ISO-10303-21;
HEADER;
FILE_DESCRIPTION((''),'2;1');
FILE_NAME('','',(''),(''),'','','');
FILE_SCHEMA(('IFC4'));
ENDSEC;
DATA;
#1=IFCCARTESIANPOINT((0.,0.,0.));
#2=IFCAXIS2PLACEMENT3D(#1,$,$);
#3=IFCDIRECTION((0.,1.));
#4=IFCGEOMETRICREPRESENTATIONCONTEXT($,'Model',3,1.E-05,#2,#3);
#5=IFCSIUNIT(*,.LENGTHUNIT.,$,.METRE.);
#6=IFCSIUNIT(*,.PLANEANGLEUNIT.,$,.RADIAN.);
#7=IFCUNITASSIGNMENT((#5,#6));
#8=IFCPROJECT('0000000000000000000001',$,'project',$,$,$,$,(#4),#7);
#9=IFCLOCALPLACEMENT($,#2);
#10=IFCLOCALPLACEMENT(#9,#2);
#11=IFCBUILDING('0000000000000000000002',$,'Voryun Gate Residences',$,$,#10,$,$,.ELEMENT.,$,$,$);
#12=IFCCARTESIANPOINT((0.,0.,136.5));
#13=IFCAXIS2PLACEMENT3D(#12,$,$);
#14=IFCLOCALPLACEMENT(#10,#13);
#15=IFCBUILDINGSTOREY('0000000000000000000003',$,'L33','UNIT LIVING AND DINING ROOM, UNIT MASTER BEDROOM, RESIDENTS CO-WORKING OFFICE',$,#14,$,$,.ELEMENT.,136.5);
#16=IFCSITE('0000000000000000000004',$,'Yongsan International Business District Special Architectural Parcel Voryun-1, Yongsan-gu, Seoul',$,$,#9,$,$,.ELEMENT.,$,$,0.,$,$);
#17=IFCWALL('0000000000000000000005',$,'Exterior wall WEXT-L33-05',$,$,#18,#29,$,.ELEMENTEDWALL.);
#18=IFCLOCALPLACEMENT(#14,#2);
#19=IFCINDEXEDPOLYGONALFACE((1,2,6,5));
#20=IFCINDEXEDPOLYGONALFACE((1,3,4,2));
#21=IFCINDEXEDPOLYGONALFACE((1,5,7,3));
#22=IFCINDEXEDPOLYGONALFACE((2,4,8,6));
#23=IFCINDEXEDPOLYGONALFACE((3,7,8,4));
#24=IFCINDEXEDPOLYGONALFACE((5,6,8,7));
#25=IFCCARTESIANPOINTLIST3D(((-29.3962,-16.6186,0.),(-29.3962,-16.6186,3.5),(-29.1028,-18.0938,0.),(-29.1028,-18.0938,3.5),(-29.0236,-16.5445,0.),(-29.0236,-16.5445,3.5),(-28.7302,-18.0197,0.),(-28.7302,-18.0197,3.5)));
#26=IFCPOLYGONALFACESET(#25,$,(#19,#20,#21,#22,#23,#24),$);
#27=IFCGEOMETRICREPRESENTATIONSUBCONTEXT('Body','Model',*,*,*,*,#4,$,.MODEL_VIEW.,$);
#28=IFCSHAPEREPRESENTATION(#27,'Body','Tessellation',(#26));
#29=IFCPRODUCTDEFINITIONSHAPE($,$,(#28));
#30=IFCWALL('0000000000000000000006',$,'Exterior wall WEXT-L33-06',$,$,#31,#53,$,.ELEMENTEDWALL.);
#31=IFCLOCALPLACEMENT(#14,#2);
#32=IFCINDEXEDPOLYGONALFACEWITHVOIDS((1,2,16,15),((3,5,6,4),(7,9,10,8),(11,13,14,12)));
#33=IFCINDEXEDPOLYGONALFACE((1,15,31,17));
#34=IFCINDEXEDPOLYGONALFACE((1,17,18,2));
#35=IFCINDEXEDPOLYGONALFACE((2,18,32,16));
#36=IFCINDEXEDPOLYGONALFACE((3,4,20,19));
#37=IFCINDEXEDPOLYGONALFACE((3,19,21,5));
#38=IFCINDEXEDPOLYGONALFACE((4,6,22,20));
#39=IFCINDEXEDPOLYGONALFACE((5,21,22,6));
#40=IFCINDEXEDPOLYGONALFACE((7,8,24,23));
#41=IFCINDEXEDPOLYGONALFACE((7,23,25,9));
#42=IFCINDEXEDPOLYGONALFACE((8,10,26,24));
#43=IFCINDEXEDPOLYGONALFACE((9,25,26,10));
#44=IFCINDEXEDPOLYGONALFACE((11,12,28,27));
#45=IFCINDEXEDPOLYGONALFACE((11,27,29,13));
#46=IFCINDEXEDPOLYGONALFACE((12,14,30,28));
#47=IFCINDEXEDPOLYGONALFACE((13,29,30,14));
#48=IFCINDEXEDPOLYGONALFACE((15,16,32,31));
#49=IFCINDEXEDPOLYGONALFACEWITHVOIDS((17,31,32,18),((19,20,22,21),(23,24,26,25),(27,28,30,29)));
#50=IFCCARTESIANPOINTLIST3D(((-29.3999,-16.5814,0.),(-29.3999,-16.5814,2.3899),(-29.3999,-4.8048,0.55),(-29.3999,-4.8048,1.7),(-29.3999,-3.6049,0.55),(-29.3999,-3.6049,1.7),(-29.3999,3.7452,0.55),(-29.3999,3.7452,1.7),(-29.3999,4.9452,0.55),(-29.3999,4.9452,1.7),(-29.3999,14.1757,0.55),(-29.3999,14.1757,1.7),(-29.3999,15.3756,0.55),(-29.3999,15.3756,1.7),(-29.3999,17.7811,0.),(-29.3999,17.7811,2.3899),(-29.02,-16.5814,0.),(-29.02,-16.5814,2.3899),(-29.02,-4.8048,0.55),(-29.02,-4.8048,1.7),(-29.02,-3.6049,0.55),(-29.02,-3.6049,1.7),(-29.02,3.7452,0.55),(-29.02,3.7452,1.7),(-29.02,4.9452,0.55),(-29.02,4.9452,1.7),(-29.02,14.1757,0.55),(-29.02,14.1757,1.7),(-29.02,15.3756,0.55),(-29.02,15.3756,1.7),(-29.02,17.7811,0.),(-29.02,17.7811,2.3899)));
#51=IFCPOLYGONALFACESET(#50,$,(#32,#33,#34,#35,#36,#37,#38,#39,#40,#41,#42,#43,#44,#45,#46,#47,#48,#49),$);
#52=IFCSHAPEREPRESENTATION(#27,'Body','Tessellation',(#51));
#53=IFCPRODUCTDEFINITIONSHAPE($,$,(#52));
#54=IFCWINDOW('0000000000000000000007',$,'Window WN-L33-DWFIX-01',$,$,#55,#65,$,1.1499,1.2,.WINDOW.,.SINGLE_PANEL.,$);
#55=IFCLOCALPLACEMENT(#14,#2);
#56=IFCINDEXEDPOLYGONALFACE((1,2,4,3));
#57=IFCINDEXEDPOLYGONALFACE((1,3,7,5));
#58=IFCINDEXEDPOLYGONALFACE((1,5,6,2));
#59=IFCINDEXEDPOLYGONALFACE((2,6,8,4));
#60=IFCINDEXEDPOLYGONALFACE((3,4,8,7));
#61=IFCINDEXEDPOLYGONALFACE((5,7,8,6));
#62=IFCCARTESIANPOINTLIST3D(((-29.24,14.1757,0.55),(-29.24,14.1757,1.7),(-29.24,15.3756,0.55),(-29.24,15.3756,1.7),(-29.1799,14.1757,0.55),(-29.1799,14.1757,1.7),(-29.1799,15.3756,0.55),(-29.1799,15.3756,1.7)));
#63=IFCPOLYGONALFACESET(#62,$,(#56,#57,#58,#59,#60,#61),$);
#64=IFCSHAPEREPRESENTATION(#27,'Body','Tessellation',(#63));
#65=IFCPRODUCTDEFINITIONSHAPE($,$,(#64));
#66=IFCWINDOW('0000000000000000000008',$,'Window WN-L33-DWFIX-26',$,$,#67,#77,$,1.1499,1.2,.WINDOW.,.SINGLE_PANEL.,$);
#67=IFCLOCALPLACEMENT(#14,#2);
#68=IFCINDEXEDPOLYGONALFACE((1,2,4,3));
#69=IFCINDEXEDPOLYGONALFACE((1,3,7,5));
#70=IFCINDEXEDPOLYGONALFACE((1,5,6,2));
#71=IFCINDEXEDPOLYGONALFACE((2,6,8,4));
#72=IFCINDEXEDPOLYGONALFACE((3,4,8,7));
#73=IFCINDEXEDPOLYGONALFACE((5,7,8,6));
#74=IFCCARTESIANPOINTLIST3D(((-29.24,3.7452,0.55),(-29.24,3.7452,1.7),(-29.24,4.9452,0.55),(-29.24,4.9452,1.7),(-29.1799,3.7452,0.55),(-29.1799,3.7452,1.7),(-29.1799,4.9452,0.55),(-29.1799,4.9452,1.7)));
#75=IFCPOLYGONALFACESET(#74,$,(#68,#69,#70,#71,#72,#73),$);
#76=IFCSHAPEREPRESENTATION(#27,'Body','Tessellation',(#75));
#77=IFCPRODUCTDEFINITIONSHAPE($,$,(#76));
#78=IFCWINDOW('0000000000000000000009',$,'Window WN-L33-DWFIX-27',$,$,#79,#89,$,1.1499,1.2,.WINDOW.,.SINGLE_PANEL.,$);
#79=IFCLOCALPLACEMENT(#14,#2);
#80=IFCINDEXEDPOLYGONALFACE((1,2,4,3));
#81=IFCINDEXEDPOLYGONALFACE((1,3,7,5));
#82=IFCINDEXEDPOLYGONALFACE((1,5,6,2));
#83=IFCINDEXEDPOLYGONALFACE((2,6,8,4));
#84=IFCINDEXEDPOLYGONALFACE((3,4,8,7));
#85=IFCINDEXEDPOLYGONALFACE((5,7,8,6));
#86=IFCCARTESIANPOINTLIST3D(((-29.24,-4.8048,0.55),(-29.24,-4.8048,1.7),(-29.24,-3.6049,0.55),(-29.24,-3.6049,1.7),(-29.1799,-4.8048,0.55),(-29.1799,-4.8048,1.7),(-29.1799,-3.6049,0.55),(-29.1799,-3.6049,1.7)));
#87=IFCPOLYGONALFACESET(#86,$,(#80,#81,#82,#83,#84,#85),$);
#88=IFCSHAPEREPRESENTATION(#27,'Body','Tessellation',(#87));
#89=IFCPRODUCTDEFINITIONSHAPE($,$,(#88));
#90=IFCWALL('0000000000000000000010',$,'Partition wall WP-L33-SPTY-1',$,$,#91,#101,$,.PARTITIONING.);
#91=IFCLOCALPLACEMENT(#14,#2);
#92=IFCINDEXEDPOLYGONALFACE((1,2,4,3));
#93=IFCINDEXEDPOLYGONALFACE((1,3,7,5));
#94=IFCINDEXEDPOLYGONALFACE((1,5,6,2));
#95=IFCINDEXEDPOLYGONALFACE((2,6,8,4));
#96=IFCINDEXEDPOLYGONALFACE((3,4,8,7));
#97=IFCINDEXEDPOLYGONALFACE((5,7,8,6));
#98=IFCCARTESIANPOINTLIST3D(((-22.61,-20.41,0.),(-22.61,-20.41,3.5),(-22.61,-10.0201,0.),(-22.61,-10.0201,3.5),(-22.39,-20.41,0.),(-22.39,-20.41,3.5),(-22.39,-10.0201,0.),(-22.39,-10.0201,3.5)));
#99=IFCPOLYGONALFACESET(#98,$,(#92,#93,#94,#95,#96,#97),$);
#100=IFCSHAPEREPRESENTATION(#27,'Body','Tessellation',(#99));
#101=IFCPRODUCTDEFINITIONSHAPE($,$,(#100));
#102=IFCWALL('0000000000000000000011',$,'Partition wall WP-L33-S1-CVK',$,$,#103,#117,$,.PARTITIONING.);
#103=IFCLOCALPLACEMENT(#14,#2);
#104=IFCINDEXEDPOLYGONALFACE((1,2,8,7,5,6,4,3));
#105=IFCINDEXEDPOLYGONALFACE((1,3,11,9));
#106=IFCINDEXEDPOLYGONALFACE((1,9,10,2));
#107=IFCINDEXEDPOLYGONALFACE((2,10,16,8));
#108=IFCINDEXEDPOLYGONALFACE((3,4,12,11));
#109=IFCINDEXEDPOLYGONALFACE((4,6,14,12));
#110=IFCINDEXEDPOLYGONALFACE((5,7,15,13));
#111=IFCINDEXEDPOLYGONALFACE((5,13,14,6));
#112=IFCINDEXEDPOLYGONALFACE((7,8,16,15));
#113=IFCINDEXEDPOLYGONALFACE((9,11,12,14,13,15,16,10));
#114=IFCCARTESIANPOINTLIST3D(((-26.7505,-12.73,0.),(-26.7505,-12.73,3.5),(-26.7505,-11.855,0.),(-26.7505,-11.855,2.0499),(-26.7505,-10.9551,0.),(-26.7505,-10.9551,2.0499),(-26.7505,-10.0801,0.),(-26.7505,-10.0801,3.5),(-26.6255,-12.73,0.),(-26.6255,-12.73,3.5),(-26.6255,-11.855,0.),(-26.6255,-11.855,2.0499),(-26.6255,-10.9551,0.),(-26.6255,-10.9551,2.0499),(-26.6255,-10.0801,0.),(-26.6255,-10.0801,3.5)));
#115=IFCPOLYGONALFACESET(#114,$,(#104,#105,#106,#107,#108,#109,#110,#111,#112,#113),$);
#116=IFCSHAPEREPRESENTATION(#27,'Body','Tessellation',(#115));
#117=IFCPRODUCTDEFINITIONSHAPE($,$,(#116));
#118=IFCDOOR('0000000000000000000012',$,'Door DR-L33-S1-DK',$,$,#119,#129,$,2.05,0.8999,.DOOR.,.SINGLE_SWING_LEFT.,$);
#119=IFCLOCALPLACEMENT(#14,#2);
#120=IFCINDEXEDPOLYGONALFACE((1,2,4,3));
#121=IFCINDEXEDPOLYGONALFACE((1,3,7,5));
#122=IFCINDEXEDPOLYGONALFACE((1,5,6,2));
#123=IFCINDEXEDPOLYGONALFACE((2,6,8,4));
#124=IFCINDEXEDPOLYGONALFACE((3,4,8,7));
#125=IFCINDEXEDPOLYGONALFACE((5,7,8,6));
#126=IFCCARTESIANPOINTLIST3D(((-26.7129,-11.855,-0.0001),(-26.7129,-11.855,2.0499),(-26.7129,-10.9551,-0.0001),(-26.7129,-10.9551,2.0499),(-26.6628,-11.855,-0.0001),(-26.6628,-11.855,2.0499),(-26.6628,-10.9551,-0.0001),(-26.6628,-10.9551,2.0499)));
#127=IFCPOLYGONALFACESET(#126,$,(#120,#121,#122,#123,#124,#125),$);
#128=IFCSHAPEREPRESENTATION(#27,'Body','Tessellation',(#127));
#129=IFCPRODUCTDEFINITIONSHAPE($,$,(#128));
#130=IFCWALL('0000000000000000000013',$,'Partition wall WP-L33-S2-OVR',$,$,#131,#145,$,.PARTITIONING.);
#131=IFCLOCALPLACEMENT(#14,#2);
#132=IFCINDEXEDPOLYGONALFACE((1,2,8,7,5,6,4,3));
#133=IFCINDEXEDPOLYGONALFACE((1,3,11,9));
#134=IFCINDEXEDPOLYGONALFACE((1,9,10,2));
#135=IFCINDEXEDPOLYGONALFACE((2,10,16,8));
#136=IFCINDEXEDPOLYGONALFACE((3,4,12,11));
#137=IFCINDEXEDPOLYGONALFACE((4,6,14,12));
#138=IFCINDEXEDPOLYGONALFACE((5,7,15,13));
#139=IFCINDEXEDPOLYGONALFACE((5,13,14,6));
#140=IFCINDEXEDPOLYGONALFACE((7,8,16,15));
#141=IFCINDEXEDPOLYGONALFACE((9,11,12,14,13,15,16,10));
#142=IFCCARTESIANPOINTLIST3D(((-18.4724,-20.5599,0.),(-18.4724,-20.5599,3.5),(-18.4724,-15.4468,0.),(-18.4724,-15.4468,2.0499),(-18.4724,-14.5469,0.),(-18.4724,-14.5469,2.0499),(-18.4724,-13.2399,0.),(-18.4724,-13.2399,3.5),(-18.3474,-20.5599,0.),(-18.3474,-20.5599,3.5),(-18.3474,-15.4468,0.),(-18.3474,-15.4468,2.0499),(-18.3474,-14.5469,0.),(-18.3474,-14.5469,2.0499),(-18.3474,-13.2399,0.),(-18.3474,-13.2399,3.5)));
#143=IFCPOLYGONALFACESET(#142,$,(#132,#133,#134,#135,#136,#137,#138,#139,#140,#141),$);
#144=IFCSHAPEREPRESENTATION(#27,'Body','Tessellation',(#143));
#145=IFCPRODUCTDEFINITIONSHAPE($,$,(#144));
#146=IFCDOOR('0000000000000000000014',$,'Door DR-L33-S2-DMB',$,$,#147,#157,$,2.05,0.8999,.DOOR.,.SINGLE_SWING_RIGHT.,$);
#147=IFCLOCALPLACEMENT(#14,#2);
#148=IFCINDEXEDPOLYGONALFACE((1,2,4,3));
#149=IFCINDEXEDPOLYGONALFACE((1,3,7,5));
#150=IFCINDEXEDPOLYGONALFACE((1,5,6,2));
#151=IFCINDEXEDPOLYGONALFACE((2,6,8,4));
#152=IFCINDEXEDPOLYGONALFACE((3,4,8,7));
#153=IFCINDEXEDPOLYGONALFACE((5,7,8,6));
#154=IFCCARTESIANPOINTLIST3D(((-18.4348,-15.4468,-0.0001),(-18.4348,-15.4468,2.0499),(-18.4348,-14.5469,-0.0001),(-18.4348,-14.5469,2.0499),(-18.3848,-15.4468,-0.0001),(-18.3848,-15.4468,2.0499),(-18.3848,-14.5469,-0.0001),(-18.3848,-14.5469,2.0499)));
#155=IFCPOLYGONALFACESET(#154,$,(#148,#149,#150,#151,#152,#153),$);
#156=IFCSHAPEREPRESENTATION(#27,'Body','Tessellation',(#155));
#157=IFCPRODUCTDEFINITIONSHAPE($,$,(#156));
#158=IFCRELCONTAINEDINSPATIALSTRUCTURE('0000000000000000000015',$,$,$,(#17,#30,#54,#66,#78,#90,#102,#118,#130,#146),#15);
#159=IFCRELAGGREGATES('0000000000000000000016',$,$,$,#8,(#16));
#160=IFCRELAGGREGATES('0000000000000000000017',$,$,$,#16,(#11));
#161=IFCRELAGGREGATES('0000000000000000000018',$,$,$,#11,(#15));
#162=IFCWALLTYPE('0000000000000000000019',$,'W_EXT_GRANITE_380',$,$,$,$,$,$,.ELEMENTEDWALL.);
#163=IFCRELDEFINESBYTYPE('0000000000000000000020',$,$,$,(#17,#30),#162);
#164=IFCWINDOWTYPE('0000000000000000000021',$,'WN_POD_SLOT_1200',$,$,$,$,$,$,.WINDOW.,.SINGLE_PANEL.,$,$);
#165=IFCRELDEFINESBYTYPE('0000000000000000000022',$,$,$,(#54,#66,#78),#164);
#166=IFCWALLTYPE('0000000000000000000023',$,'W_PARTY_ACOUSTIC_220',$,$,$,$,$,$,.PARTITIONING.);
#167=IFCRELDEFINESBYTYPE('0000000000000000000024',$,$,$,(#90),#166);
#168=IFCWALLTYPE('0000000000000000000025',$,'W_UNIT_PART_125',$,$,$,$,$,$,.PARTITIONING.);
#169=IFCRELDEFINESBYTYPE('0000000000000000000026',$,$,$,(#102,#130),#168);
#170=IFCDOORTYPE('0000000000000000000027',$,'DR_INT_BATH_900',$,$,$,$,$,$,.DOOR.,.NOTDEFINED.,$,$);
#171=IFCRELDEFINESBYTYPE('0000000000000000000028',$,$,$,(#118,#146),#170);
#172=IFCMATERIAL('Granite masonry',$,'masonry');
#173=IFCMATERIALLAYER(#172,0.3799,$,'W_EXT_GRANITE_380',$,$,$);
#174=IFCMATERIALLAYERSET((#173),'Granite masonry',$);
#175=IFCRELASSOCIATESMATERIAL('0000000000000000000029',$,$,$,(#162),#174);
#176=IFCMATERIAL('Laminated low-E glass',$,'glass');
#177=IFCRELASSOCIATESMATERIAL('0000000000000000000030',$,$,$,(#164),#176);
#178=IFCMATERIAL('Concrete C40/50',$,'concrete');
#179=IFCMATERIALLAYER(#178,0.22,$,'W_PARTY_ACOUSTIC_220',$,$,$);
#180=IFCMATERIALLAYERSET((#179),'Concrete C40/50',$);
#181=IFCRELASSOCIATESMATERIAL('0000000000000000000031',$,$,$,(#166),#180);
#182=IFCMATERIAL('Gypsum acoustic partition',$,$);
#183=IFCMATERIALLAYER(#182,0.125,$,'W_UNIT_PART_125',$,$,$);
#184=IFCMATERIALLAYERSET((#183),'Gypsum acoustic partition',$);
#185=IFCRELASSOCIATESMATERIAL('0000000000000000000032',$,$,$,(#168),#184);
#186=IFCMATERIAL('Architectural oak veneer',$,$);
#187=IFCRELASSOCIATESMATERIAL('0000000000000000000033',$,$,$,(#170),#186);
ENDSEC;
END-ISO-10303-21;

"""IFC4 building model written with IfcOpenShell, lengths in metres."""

from ifc_helpers import new_model, si_unit, direction, frame, frame_2d, origin, place, context, subcontext, project, spatial, rectangle, extrude, material, layer, layer_set, type_object, element, fill, save


model = new_model("IFC4")

# Units and contexts
model_context = context("Model", 3, precision=1e-05, world=origin(), true_north=direction((0.0, 1.0)))
body_context = subcontext(model_context, "Body", "Model", "MODEL_VIEW")
ifc_project = project(units=[si_unit("LENGTHUNIT", "METRE"), si_unit("PLANEANGLEUNIT", "RADIAN")], contexts=[model_context])

# Site, building, storey
site_placement = place(None, origin())
site = spatial("IfcSite", under=ifc_project, at=site_placement, Name="Yongsan International Business District Special Architectural Parcel Voryun-1, Yongsan-gu, Seoul", CompositionType="ELEMENT", RefElevation=0.0)
building_placement = place(site_placement, origin())
building = spatial("IfcBuilding", under=site, at=building_placement, Name="Voryun Gate Residences", CompositionType="ELEMENT")
storey_placement = place(building_placement, frame((0.0, 0.0, 136.5)))
storey = spatial("IfcBuildingStorey", under=building, at=storey_placement, Name="L33", Description="UNIT LIVING AND DINING ROOM, UNIT MASTER BEDROOM, RESIDENTS CO-WORKING OFFICE", CompositionType="ELEMENT", Elevation=136.5)

# Wall
ifc_material_1 = material(Name="Granite masonry", Category="masonry")
ifc_layer_1 = layer(ifc_material_1, 0.3799, Name="W_EXT_GRANITE_380")
ifc_layer_set_1 = layer_set([ifc_layer_1], Name="Granite masonry")
wall_type_1 = type_object("IfcWallType", Name="W_EXT_GRANITE_380", PredefinedType="ELEMENTEDWALL", material=ifc_layer_set_1)
wall_1_placement = place(storey_placement, frame((-28.9165, -18.0566, 0.0), z_axis=(0.0, 0.0, 1.0), x_axis=(-0.195086, 0.980786, 0.0)))
element("IfcWall", 1, at=wall_1_placement, inside=storey, type_object=wall_type_1, Name="Exterior wall WEXT-L33-05", PredefinedType="ELEMENTEDWALL", context=body_context, shape_type="SweptSolid", body=[
    extrude(rectangle(XDim=1.5042, YDim=0.3799, at=frame_2d((0.752, 0.0))), origin(), (0.0, 0.0, 1.0), 3.5),
])

# Wall, openings, windows
wall_2_placement = place(storey_placement, frame((-29.21, -16.5813, 0.0), z_axis=(0.0, 0.0, 1.0), x_axis=(0.0, 1.0, 0.0)))
wall_2 = element("IfcWall", 2, at=wall_2_placement, inside=storey, type_object=wall_type_1, Name="Exterior wall WEXT-L33-06", PredefinedType="ELEMENTEDWALL", context=body_context, shape_type="SweptSolid", body=[
    extrude(rectangle(XDim=34.3625, YDim=0.3799, at=frame_2d((17.1812, 0.0))), origin(), (0.0, 0.0, 1.0), 2.3899),
])
opening_1_placement = place(wall_2_placement, frame((30.7568, 0.0, 0.55)))
opening_1 = element("IfcOpeningElement", 3, at=opening_1_placement, cuts=wall_2, PredefinedType="OPENING", context=body_context, shape_type="SweptSolid", body=[
    extrude(rectangle(XDim=1.2, YDim=1.1499, at=frame_2d((0.6001, 0.575))), frame((0.0, 0.2, 0.0), z_axis=(0.0, -1.0, 0.0), x_axis=(1.0, 0.0, 0.0)), (0.0, 0.0, 1.0), 0.3999),
])
opening_2_placement = place(wall_2_placement, frame((20.3264, 0.0, 0.55)))
opening_2 = element("IfcOpeningElement", 4, at=opening_2_placement, cuts=wall_2, PredefinedType="OPENING", context=body_context, shape_type="SweptSolid", body=[
    extrude(rectangle(XDim=1.2, YDim=1.1499, at=frame_2d((0.6001, 0.575))), frame((0.0, 0.2, 0.0), z_axis=(0.0, -1.0, 0.0), x_axis=(1.0, 0.0, 0.0)), (0.0, 0.0, 1.0), 0.3999),
])
opening_3_placement = place(wall_2_placement, frame((11.7764, 0.0, 0.55)))
opening_3 = element("IfcOpeningElement", 5, at=opening_3_placement, cuts=wall_2, PredefinedType="OPENING", context=body_context, shape_type="SweptSolid", body=[
    extrude(rectangle(XDim=1.2, YDim=1.1499, at=frame_2d((0.6001, 0.575))), frame((0.0, 0.2, 0.0), z_axis=(0.0, -1.0, 0.0), x_axis=(1.0, 0.0, 0.0)), (0.0, 0.0, 1.0), 0.3999),
])
ifc_material_2 = material(Name="Laminated low-E glass", Category="glass")
window_type = type_object("IfcWindowType", Name="WN_POD_SLOT_1200", PartitioningType="SINGLE_PANEL", PredefinedType="WINDOW", material=ifc_material_2)
window_1_placement = place(opening_1_placement, origin())
window_1 = element("IfcWindow", 6, at=window_1_placement, inside=storey, type_object=window_type, Name="Window WN-L33-DWFIX-01", OverallHeight=1.1499, OverallWidth=1.2, PartitioningType="SINGLE_PANEL", PredefinedType="WINDOW", context=body_context, shape_type="SweptSolid", body=[
    extrude(rectangle(XDim=1.2, YDim=1.1499, at=frame_2d((0.6001, 0.575))), frame((0.0, 0.03, 0.0), z_axis=(0.0, -1.0, 0.0), x_axis=(1.0, 0.0, 0.0)), (0.0, 0.0, 1.0), 0.0601),
])
fill(opening_1, window_1)
window_2_placement = place(opening_2_placement, origin())
window_2 = element("IfcWindow", 7, at=window_2_placement, inside=storey, type_object=window_type, Name="Window WN-L33-DWFIX-26", OverallHeight=1.1499, OverallWidth=1.2, PartitioningType="SINGLE_PANEL", PredefinedType="WINDOW", context=body_context, shape_type="SweptSolid", body=[
    extrude(rectangle(XDim=1.2, YDim=1.1499, at=frame_2d((0.6001, 0.575))), frame((0.0, 0.03, 0.0), z_axis=(0.0, -1.0, 0.0), x_axis=(1.0, 0.0, 0.0)), (0.0, 0.0, 1.0), 0.0601),
])
fill(opening_2, window_2)
window_3_placement = place(opening_3_placement, origin())
window_3 = element("IfcWindow", 8, at=window_3_placement, inside=storey, type_object=window_type, Name="Window WN-L33-DWFIX-27", OverallHeight=1.1499, OverallWidth=1.2, PartitioningType="SINGLE_PANEL", PredefinedType="WINDOW", context=body_context, shape_type="SweptSolid", body=[
    extrude(rectangle(XDim=1.2, YDim=1.1499, at=frame_2d((0.6001, 0.575))), frame((0.0, 0.03, 0.0), z_axis=(0.0, -1.0, 0.0), x_axis=(1.0, 0.0, 0.0)), (0.0, 0.0, 1.0), 0.0601),
])
fill(opening_3, window_3)

# Wall
ifc_material_3 = material(Name="Concrete C40/50", Category="concrete")
ifc_layer_2 = layer(ifc_material_3, 0.22, Name="W_PARTY_ACOUSTIC_220")
ifc_layer_set_2 = layer_set([ifc_layer_2], Name="Concrete C40/50")
wall_type_2 = type_object("IfcWallType", Name="W_PARTY_ACOUSTIC_220", PredefinedType="PARTITIONING", material=ifc_layer_set_2)
wall_3_placement = place(storey_placement, frame((-22.5, -20.4099, 0.0), z_axis=(0.0, 0.0, 1.0), x_axis=(0.0, 1.0, 0.0)))
element("IfcWall", 9, at=wall_3_placement, inside=storey, type_object=wall_type_2, Name="Partition wall WP-L33-SPTY-1", PredefinedType="PARTITIONING", context=body_context, shape_type="SweptSolid", body=[
    extrude(rectangle(XDim=10.3899, YDim=0.22, at=frame_2d((5.1948, 0.0))), origin(), (0.0, 0.0, 1.0), 3.5),
])

# Walls, openings, doors
ifc_material_4 = material(Name="Gypsum acoustic partition")
ifc_layer_3 = layer(ifc_material_4, 0.125, Name="W_UNIT_PART_125")
ifc_layer_set_3 = layer_set([ifc_layer_3], Name="Gypsum acoustic partition")
wall_type_3 = type_object("IfcWallType", Name="W_UNIT_PART_125", PredefinedType="PARTITIONING", material=ifc_layer_set_3)
wall_4_placement = place(storey_placement, frame((-26.688, -12.73, 0.0), z_axis=(0.0, 0.0, 1.0), x_axis=(0.0, 1.0, 0.0)))
wall_4 = element("IfcWall", 10, at=wall_4_placement, inside=storey, type_object=wall_type_3, Name="Partition wall WP-L33-S1-CVK", PredefinedType="PARTITIONING", context=body_context, shape_type="SweptSolid", body=[
    extrude(rectangle(XDim=2.6499, YDim=0.125, at=frame_2d((1.325, 0.0))), origin(), (0.0, 0.0, 1.0), 3.5),
])
opening_4_placement = place(wall_4_placement, frame((0.875, 0.0, 0.0)))
opening_4 = element("IfcOpeningElement", 11, at=opening_4_placement, cuts=wall_4, PredefinedType="OPENING", context=body_context, shape_type="SweptSolid", body=[
    extrude(rectangle(XDim=0.8999, YDim=2.05, at=frame_2d((0.45, 1.0249))), frame((0.0, 0.0725, 0.0), z_axis=(0.0, -1.0, 0.0), x_axis=(1.0, 0.0, 0.0)), (0.0, 0.0, 1.0), 0.145),
])
ifc_material_5 = material(Name="Architectural oak veneer")
door_type_1 = type_object("IfcDoorType", Name="DR_INT_BATH_900", OperationType="NOTDEFINED", PredefinedType="DOOR", material=ifc_material_5)
door_1_placement = place(opening_4_placement, origin())
door_1 = element("IfcDoor", 12, at=door_1_placement, inside=storey, type_object=door_type_1, Name="Door DR-L33-S1-DK", OperationType="SINGLE_SWING_LEFT", OverallHeight=2.05, OverallWidth=0.8999, PredefinedType="DOOR", context=body_context, shape_type="SweptSolid", body=[
    extrude(rectangle(XDim=0.8999, YDim=2.05, at=frame_2d((0.45, 1.0249))), frame((0.0, 0.0249, 0.0), z_axis=(0.0, -1.0, 0.0), x_axis=(1.0, 0.0, 0.0)), (0.0, 0.0, 1.0), 0.05),
])
fill(opening_4, door_1)
wall_5_placement = place(storey_placement, frame((-18.4099, -20.5601, 0.0), z_axis=(0.0, 0.0, 1.0), x_axis=(0.0, 1.0, 0.0)))
wall_5 = element("IfcWall", 13, at=wall_5_placement, inside=storey, type_object=wall_type_3, Name="Partition wall WP-L33-S2-OVR", PredefinedType="PARTITIONING", context=body_context, shape_type="SweptSolid", body=[
    extrude(rectangle(XDim=7.3201, YDim=0.125, at=frame_2d((3.6602, 0.0))), origin(), (0.0, 0.0, 1.0), 3.5),
])
opening_5_placement = place(wall_5_placement, frame((5.1133, 0.0, 0.0)))
opening_5 = element("IfcOpeningElement", 14, at=opening_5_placement, cuts=wall_5, PredefinedType="OPENING", context=body_context, shape_type="SweptSolid", body=[
    extrude(rectangle(XDim=0.8999, YDim=2.05, at=frame_2d((0.45, 1.0249))), frame((0.0, 0.0725, 0.0), z_axis=(0.0, -1.0, 0.0), x_axis=(1.0, 0.0, 0.0)), (0.0, 0.0, 1.0), 0.145),
])
door_2_placement = place(opening_5_placement, origin())
door_2 = element("IfcDoor", 15, at=door_2_placement, inside=storey, type_object=door_type_1, Name="Door DR-L33-S2-DMB", OperationType="SINGLE_SWING_RIGHT", OverallHeight=2.05, OverallWidth=0.8999, PredefinedType="DOOR", context=body_context, shape_type="SweptSolid", body=[
    extrude(rectangle(XDim=0.8999, YDim=2.05, at=frame_2d((0.45, 1.0249))), frame((0.0, 0.0249, 0.0), z_axis=(0.0, -1.0, 0.0), x_axis=(1.0, 0.0, 0.0)), (0.0, 0.0, 1.0), 0.05),
])
fill(opening_5, door_2)

save(model, "model.ifc")
